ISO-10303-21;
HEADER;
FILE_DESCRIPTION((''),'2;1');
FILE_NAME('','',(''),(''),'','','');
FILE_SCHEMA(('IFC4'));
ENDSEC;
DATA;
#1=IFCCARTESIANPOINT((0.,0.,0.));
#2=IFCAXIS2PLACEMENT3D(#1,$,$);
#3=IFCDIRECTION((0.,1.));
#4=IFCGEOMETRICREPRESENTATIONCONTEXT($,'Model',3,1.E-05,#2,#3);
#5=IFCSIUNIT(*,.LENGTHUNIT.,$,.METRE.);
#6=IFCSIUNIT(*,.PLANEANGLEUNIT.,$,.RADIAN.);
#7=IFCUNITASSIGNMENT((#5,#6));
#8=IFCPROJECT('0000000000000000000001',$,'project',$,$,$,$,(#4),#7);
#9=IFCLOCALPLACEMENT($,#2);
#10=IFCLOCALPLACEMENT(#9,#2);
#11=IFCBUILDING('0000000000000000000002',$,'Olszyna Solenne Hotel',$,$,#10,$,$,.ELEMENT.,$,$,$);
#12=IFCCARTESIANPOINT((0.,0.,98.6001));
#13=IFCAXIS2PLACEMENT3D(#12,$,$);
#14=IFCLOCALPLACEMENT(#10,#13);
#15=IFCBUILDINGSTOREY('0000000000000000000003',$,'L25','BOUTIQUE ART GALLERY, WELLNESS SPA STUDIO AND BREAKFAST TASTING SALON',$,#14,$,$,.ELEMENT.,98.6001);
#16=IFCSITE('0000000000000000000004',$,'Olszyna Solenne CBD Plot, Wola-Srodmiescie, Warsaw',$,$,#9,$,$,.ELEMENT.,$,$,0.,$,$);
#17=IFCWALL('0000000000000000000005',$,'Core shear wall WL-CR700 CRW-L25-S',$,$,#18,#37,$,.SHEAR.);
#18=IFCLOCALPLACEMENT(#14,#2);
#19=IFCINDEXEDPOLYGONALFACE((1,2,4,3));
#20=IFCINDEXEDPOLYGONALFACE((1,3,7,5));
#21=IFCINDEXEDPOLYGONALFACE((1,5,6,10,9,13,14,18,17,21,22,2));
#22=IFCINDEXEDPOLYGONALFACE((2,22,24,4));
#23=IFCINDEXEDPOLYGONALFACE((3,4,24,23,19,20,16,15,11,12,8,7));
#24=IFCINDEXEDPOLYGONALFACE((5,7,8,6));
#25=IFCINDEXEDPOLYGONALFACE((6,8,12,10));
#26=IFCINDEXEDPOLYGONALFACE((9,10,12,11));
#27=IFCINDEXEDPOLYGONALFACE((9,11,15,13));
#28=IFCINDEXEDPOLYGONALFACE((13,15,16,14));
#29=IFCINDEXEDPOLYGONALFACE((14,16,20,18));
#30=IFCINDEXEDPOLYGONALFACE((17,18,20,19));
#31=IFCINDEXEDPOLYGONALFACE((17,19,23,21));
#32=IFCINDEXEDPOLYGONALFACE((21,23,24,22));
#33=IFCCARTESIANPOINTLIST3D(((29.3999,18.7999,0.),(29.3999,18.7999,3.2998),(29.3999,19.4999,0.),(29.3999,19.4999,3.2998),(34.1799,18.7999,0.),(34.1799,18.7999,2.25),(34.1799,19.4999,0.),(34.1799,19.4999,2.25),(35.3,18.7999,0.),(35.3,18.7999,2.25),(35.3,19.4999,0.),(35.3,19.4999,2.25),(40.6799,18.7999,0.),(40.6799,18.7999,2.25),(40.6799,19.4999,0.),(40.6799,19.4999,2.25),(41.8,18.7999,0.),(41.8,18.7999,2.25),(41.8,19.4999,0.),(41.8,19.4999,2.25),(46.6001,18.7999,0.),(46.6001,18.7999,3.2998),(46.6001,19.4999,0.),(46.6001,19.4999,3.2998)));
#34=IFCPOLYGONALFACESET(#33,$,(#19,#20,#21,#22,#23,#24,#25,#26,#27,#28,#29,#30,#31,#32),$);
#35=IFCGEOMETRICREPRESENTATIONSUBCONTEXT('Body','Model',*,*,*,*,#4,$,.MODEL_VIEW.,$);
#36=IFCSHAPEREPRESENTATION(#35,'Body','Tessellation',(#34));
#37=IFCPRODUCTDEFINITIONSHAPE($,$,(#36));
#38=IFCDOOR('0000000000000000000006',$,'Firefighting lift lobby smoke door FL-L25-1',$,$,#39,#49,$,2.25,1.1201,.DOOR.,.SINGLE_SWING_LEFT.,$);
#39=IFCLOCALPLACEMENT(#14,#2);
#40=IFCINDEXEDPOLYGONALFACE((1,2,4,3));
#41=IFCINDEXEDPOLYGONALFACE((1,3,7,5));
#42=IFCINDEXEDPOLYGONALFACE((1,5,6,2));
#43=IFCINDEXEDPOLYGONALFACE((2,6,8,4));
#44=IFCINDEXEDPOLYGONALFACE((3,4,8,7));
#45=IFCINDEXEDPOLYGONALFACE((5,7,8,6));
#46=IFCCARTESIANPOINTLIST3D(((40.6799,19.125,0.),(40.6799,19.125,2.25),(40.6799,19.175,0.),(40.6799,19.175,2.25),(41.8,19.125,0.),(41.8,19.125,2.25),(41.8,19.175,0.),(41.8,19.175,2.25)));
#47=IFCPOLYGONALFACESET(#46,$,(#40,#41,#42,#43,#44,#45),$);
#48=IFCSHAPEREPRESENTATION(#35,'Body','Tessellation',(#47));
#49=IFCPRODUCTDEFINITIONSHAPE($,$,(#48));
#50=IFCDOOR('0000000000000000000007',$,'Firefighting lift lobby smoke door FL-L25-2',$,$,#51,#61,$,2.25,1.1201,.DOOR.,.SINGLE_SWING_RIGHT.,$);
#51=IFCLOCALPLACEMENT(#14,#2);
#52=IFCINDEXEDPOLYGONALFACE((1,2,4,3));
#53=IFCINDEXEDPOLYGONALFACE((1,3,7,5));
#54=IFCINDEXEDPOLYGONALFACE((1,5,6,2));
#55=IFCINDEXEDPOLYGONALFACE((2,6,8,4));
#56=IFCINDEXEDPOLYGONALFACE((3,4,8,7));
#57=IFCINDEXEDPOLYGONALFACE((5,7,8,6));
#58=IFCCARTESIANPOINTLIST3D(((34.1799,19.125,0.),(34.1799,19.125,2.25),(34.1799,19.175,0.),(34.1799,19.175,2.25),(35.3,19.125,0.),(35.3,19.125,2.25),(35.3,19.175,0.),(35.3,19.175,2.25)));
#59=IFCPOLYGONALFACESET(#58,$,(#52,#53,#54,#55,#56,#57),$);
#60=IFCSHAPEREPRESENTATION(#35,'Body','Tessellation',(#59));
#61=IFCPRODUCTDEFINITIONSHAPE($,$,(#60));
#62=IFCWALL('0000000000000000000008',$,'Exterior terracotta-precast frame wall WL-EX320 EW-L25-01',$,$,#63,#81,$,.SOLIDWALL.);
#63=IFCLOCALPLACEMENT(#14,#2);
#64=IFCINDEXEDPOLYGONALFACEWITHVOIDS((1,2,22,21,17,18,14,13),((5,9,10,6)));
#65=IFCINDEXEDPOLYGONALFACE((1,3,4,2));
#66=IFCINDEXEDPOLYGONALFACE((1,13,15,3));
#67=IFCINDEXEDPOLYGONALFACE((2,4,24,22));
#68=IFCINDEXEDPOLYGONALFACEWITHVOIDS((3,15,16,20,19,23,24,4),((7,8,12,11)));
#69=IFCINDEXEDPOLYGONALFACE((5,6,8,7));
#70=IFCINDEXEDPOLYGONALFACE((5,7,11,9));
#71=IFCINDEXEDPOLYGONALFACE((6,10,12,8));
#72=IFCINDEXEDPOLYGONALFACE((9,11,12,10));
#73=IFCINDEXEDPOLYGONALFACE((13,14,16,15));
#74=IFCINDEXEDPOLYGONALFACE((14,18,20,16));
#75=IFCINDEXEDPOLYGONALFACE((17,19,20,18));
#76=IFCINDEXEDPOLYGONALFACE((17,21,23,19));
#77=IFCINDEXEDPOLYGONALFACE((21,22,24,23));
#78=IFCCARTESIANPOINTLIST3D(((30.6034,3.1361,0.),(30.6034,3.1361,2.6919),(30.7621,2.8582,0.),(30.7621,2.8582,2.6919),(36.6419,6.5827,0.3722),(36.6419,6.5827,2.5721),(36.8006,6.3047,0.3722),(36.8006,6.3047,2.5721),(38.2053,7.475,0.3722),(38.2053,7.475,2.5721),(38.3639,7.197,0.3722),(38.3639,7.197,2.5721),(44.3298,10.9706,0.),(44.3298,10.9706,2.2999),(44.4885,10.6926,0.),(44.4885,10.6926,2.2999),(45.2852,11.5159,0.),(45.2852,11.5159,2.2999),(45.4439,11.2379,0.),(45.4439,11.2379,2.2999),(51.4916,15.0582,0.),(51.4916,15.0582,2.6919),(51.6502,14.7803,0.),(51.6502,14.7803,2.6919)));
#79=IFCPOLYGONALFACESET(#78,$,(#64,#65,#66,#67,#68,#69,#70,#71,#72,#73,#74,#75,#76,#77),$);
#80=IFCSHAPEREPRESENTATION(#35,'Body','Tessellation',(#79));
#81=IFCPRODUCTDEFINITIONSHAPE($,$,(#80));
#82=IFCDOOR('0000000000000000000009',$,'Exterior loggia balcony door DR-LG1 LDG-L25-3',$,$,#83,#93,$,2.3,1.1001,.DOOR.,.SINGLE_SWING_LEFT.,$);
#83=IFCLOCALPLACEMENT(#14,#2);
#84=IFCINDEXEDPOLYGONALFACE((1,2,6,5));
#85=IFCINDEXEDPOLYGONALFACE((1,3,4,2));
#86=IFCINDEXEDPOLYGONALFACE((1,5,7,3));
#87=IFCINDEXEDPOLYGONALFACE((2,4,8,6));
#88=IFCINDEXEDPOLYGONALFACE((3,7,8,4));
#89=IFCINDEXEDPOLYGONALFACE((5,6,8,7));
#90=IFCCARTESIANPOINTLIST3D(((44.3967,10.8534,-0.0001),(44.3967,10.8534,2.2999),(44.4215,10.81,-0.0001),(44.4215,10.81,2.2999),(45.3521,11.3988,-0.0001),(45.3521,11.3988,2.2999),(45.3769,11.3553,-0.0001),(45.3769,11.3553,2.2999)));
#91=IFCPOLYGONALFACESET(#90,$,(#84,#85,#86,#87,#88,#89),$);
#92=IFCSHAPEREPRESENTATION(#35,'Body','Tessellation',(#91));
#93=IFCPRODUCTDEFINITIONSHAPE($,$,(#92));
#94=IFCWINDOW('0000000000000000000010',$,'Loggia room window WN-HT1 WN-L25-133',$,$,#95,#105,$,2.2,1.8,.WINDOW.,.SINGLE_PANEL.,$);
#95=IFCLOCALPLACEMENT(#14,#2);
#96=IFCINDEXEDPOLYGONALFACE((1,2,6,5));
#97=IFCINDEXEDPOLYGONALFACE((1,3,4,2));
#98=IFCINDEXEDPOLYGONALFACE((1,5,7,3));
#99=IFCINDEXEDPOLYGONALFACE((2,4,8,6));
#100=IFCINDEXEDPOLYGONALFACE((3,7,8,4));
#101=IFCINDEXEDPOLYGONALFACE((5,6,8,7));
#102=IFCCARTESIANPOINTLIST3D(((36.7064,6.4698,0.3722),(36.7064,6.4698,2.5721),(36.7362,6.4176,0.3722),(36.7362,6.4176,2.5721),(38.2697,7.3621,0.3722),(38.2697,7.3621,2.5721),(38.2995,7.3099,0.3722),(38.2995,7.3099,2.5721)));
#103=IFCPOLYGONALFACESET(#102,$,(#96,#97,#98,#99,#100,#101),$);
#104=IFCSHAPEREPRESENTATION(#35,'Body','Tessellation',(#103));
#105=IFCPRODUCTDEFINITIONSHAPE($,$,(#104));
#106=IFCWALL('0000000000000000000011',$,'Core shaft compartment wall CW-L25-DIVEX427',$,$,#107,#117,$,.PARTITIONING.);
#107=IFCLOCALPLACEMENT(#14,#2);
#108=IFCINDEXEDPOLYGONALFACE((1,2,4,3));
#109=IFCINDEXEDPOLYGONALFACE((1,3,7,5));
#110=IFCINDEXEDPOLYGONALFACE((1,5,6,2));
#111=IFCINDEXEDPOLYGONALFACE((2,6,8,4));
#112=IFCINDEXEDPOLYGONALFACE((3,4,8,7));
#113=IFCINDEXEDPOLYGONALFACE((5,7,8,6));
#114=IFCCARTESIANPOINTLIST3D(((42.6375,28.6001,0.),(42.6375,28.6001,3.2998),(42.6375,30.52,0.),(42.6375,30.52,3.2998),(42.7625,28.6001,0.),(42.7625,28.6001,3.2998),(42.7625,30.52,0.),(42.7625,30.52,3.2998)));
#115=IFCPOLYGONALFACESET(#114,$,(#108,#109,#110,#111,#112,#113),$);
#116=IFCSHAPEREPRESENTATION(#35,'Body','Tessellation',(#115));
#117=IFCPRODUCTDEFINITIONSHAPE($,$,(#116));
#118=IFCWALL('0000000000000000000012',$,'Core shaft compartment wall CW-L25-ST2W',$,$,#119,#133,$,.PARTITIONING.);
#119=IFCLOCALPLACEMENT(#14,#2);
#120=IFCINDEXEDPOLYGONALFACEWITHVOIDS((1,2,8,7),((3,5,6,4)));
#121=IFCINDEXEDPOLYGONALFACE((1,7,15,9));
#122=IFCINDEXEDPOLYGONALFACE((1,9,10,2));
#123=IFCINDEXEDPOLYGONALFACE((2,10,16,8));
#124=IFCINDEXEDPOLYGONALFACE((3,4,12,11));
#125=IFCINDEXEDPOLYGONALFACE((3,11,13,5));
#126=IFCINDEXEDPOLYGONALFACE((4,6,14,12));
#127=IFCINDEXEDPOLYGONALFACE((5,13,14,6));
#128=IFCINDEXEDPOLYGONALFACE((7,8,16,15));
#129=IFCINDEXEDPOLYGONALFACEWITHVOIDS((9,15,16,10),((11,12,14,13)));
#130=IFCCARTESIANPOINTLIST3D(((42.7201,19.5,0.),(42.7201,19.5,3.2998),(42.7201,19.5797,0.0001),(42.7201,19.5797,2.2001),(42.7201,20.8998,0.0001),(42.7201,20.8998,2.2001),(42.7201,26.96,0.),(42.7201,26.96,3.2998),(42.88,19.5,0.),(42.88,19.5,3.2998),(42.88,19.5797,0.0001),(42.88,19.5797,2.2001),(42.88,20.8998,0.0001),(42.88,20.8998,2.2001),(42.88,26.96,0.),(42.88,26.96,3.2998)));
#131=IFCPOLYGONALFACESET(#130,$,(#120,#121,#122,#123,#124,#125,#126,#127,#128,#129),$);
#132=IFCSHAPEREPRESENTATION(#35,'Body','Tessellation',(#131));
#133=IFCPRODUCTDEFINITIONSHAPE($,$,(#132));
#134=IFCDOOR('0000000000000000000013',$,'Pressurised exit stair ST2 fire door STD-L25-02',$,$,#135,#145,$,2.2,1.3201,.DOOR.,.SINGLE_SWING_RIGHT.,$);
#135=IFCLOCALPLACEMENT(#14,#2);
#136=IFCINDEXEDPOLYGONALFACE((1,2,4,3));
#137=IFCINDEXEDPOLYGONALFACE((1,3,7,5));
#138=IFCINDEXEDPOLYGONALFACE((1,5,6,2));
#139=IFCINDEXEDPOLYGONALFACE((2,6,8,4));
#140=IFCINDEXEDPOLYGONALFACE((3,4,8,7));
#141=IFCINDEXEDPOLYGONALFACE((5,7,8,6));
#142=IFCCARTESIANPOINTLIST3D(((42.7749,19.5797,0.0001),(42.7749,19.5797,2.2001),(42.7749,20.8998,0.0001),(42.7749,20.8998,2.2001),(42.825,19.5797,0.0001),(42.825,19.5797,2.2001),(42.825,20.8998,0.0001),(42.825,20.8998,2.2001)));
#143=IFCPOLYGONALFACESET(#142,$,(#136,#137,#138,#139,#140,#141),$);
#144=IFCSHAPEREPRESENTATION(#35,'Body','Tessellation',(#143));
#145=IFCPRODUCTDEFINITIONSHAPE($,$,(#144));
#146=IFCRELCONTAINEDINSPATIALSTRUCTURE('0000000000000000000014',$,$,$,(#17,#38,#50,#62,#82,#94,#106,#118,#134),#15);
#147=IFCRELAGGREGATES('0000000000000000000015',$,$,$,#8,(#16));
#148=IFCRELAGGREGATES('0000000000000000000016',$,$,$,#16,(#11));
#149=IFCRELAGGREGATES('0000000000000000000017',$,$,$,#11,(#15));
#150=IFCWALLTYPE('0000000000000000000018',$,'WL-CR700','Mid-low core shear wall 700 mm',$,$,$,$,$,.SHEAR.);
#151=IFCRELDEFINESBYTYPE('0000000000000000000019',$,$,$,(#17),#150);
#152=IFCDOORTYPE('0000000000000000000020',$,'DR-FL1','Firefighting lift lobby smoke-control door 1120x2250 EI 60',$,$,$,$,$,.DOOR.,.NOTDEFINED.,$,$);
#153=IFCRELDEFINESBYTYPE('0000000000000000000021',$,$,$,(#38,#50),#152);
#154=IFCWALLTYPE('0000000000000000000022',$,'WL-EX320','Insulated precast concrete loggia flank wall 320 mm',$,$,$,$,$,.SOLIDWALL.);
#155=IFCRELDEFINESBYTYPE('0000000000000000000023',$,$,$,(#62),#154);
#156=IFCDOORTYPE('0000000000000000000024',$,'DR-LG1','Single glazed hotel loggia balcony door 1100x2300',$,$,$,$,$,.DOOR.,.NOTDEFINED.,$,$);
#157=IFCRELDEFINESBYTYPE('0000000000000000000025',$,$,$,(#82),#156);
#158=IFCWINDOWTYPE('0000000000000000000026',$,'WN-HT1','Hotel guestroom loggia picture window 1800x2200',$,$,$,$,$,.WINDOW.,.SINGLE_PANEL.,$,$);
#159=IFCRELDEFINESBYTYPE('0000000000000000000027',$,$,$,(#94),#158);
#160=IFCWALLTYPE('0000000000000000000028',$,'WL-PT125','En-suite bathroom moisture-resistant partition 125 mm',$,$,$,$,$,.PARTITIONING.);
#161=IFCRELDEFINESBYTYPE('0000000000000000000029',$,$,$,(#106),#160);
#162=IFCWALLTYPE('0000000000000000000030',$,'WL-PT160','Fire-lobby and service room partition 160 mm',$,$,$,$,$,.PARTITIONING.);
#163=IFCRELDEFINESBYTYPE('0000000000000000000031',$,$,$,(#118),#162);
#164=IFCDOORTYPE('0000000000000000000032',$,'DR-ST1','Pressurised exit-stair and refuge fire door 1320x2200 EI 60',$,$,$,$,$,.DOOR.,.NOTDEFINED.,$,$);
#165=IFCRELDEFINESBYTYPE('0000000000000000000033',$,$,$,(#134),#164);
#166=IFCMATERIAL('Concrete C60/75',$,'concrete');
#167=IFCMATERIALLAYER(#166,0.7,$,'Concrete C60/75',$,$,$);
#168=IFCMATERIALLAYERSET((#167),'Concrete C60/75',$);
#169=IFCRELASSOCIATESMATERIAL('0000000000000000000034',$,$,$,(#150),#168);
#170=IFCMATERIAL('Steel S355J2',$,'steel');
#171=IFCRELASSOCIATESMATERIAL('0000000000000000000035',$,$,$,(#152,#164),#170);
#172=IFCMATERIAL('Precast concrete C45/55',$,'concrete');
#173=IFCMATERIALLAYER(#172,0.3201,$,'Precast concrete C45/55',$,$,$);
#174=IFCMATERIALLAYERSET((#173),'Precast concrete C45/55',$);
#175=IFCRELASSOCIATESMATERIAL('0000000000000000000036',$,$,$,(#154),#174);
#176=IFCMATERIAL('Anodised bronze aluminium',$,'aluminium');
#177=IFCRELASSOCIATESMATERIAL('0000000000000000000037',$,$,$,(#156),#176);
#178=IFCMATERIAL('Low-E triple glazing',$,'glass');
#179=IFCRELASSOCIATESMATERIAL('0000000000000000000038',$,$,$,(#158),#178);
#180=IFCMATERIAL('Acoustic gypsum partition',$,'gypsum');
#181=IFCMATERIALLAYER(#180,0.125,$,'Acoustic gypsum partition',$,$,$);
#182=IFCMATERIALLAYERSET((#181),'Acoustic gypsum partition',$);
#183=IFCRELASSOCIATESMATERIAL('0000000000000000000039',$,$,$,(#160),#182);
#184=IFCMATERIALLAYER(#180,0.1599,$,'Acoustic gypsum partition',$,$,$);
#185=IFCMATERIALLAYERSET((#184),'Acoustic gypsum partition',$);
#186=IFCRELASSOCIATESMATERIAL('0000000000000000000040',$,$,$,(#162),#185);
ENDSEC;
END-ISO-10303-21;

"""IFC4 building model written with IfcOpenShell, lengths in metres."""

from ifc_helpers import new_model, si_unit, direction, frame, frame_2d, origin, place, context, subcontext, project, spatial, rectangle, extrude, source, transform, mapped, material, layer, layer_set, type_object, type_shapes, element, fill, save


model = new_model("IFC4")

# Units and contexts
model_context = context("Model", 3, precision=1e-05, world=origin(), true_north=direction((0.0, 1.0)))
body_context = subcontext(model_context, "Body", "Model", "MODEL_VIEW")
ifc_project = project(units=[si_unit("LENGTHUNIT", "METRE"), si_unit("PLANEANGLEUNIT", "RADIAN")], contexts=[model_context])

# Site, building, storey
site_placement = place(None, origin())
site = spatial("IfcSite", under=ifc_project, at=site_placement, Name="Olszyna Solenne CBD Plot, Wola-Srodmiescie, Warsaw", CompositionType="ELEMENT", RefElevation=0.0)
building_placement = place(site_placement, origin())
building = spatial("IfcBuilding", under=site, at=building_placement, Name="Olszyna Solenne Hotel", CompositionType="ELEMENT")
storey_placement = place(building_placement, frame((0.0, 0.0, 98.6001)))
storey = spatial("IfcBuildingStorey", under=building, at=storey_placement, Name="L25", Description="BOUTIQUE ART GALLERY, WELLNESS SPA STUDIO AND BREAKFAST TASTING SALON", CompositionType="ELEMENT", Elevation=98.6001)

# Shared definitions
ifc_material_1 = material(Name="Steel S355J2", Category="steel")

# Wall, openings, doors
ifc_material_2 = material(Name="Concrete C60/75", Category="concrete")
ifc_layer_1 = layer(ifc_material_2, 0.7, Name="Concrete C60/75")
ifc_layer_set_1 = layer_set([ifc_layer_1], Name="Concrete C60/75")
wall_type_1 = type_object("IfcWallType", Name="WL-CR700", Description="Mid-low core shear wall 700 mm", PredefinedType="SHEAR", material=ifc_layer_set_1)
wall_1_placement = place(storey_placement, frame((46.6001, 19.1499, 0.0), z_axis=(0.0, 0.0, 1.0), x_axis=(-1.0, 0.0, 0.0)))
wall_1 = element("IfcWall", 1, at=wall_1_placement, inside=storey, type_object=wall_type_1, Name="Core shear wall WL-CR700 CRW-L25-S", PredefinedType="SHEAR", context=body_context, shape_type="SweptSolid", body=[
    extrude(rectangle(XDim=17.2002, YDim=0.7, at=frame_2d((8.6001, 0.0))), origin(), (0.0, 0.0, 1.0), 3.2998),
])
opening_1_placement = place(wall_1_placement, frame((4.8, 0.0, 0.0)))
opening_1 = element("IfcOpeningElement", 2, at=opening_1_placement, cuts=wall_1, PredefinedType="OPENING", context=body_context, shape_type="SweptSolid", body=[
    extrude(rectangle(XDim=1.1201, YDim=2.25, at=frame_2d((0.5601, 1.125))), frame((0.0, 0.3599, 0.0), z_axis=(0.0, -1.0, 0.0), x_axis=(1.0, 0.0, 0.0)), (0.0, 0.0, 1.0), 0.72),
])
opening_2_placement = place(wall_1_placement, frame((11.3, 0.0, 0.0)))
opening_2 = element("IfcOpeningElement", 3, at=opening_2_placement, cuts=wall_1, PredefinedType="OPENING", context=body_context, shape_type="SweptSolid", body=[
    extrude(rectangle(XDim=1.1201, YDim=2.25, at=frame_2d((0.5601, 1.125))), frame((0.0, 0.3599, 0.0), z_axis=(0.0, -1.0, 0.0), x_axis=(1.0, 0.0, 0.0)), (0.0, 0.0, 1.0), 0.72),
])
door_type_1 = type_object("IfcDoorType", Name="DR-FL1", Description="Firefighting lift lobby smoke-control door 1120x2250 EI 60", OperationType="NOTDEFINED", PredefinedType="DOOR", material=ifc_material_1)
shared_shape_1 = source(origin(), body_context, "Body", "SweptSolid", [
    extrude(rectangle(XDim=1.1201, YDim=2.25, at=frame_2d((0.5601, 1.125))), frame((0.0, 0.0249, 0.0), z_axis=(0.0, -1.0, 0.0), x_axis=(1.0, 0.0, 0.0)), (0.0, 0.0, 1.0), 0.05),
])
type_shapes(door_type_1, [shared_shape_1])
door_1_placement = place(opening_1_placement, origin())
door_1 = element("IfcDoor", 4, at=door_1_placement, inside=storey, type_object=door_type_1, Name="Firefighting lift lobby smoke door FL-L25-1", OperationType="SINGLE_SWING_LEFT", OverallHeight=2.25, OverallWidth=1.1201, PredefinedType="DOOR", context=body_context, shape_type="MappedRepresentation", body=[
    mapped(shared_shape_1, transform((0.0, 0.0, 0.0), x_axis=(1.0, 0.0, 0.0), y_axis=(0.0, 1.0, 0.0), z_axis=(0.0, 0.0, 1.0), scale=1.0)),
])
fill(opening_1, door_1)
door_2_placement = place(opening_2_placement, origin())
door_2 = element("IfcDoor", 5, at=door_2_placement, inside=storey, type_object=door_type_1, Name="Firefighting lift lobby smoke door FL-L25-2", OperationType="SINGLE_SWING_RIGHT", OverallHeight=2.25, OverallWidth=1.1201, PredefinedType="DOOR", context=body_context, shape_type="MappedRepresentation", body=[
    mapped(shared_shape_1, transform((0.0, 0.0, 0.0), x_axis=(1.0, 0.0, 0.0), y_axis=(0.0, 1.0, 0.0), z_axis=(0.0, 0.0, 1.0), scale=1.0)),
])
fill(opening_2, door_2)

# Wall, openings, door, window
ifc_material_3 = material(Name="Precast concrete C45/55", Category="concrete")
ifc_layer_2 = layer(ifc_material_3, 0.3201, Name="Precast concrete C45/55")
ifc_layer_set_2 = layer_set([ifc_layer_2], Name="Precast concrete C45/55")
wall_type_2 = type_object("IfcWallType", Name="WL-EX320", Description="Insulated precast concrete loggia flank wall 320 mm", PredefinedType="SOLIDWALL", material=ifc_layer_set_2)
wall_2_placement = place(storey_placement, frame((51.5708, 14.9192, 0.0), z_axis=(0.0, 0.0, 1.0), x_axis=(-0.868494, -0.495701, 0.0)))
wall_2 = element("IfcWall", 6, at=wall_2_placement, inside=storey, type_object=wall_type_2, Name="Exterior terracotta-precast frame wall WL-EX320 EW-L25-01", PredefinedType="SOLIDWALL", context=body_context, shape_type="SweptSolid", body=[
    extrude(rectangle(XDim=24.051, YDim=0.3201, at=frame_2d((12.0254, 0.0))), origin(), (0.0, 0.0, 1.0), 2.6919),
])
opening_3_placement = place(wall_2_placement, frame((7.146, 0.0, 0.0)))
opening_3 = element("IfcOpeningElement", 7, at=opening_3_placement, cuts=wall_2, PredefinedType="OPENING", context=body_context, shape_type="SweptSolid", body=[
    extrude(rectangle(XDim=1.1001, YDim=2.3, at=frame_2d((0.55, 1.1499))), frame((0.0, 0.1699, 0.0), z_axis=(0.0, -1.0, 0.0), x_axis=(1.0, 0.0, 0.0)), (0.0, 0.0, 1.0), 0.3401),
])
opening_4_placement = place(wall_2_placement, frame((15.2981, 0.0, 0.3721)))
opening_4 = element("IfcOpeningElement", 8, at=opening_4_placement, cuts=wall_2, PredefinedType="OPENING", context=body_context, shape_type="SweptSolid", body=[
    extrude(rectangle(XDim=1.8, YDim=2.2, at=frame_2d((0.8999, 1.1001))), frame((0.0, 0.1699, 0.0), z_axis=(0.0, -1.0, 0.0), x_axis=(1.0, 0.0, 0.0)), (0.0, 0.0, 1.0), 0.3401),
])
ifc_material_4 = material(Name="Anodised bronze aluminium", Category="aluminium")
door_type_2 = type_object("IfcDoorType", Name="DR-LG1", Description="Single glazed hotel loggia balcony door 1100x2300", OperationType="NOTDEFINED", PredefinedType="DOOR", material=ifc_material_4)
shared_shape_2 = source(origin(), body_context, "Body", "SweptSolid", [
    extrude(rectangle(XDim=1.1001, YDim=2.3, at=frame_2d((0.55, 1.1499))), frame((0.0, 0.0249, 0.0), z_axis=(0.0, -1.0, 0.0), x_axis=(1.0, 0.0, 0.0)), (0.0, 0.0, 1.0), 0.05),
])
type_shapes(door_type_2, [shared_shape_2])
door_3_placement = place(opening_3_placement, origin())
door_3 = element("IfcDoor", 9, at=door_3_placement, inside=storey, type_object=door_type_2, Name="Exterior loggia balcony door DR-LG1 LDG-L25-3", OperationType="SINGLE_SWING_LEFT", OverallHeight=2.3, OverallWidth=1.1001, PredefinedType="DOOR", context=body_context, shape_type="MappedRepresentation", body=[
    mapped(shared_shape_2, transform((0.0, 0.0, 0.0), x_axis=(1.0, 0.0, 0.0), y_axis=(0.0, 1.0, 0.0), z_axis=(0.0, 0.0, 1.0), scale=1.0)),
])
fill(opening_3, door_3)
ifc_material_5 = material(Name="Low-E triple glazing", Category="glass")
window_type = type_object("IfcWindowType", Name="WN-HT1", Description="Hotel guestroom loggia picture window 1800x2200", PartitioningType="SINGLE_PANEL", PredefinedType="WINDOW", material=ifc_material_5)
shared_shape_3 = source(origin(), body_context, "Body", "SweptSolid", [
    extrude(rectangle(XDim=1.8, YDim=2.2, at=frame_2d((0.8999, 1.1001))), frame((0.0, 0.03, 0.0), z_axis=(0.0, -1.0, 0.0), x_axis=(1.0, 0.0, 0.0)), (0.0, 0.0, 1.0), 0.0601),
])
type_shapes(window_type, [shared_shape_3])
window_placement = place(opening_4_placement, origin())
window = element("IfcWindow", 10, at=window_placement, inside=storey, type_object=window_type, Name="Loggia room window WN-HT1 WN-L25-133", OverallHeight=2.2, OverallWidth=1.8, PartitioningType="SINGLE_PANEL", PredefinedType="WINDOW", context=body_context, shape_type="MappedRepresentation", body=[
    mapped(shared_shape_3, transform((0.0, 0.0, 0.0), x_axis=(1.0, 0.0, 0.0), y_axis=(0.0, 1.0, 0.0), z_axis=(0.0, 0.0, 1.0), scale=1.0)),
])
fill(opening_4, window)

# Wall
ifc_material_6 = material(Name="Acoustic gypsum partition", Category="gypsum")
ifc_layer_3 = layer(ifc_material_6, 0.125, Name="Acoustic gypsum partition")
ifc_layer_set_3 = layer_set([ifc_layer_3], Name="Acoustic gypsum partition")
wall_type_3 = type_object("IfcWallType", Name="WL-PT125", Description="En-suite bathroom moisture-resistant partition 125 mm", PredefinedType="PARTITIONING", material=ifc_layer_set_3)
wall_3_placement = place(storey_placement, frame((42.7, 28.6001, 0.0), z_axis=(0.0, 0.0, 1.0), x_axis=(0.0, 1.0, 0.0)))
element("IfcWall", 11, at=wall_3_placement, inside=storey, type_object=wall_type_3, Name="Core shaft compartment wall CW-L25-DIVEX427", PredefinedType="PARTITIONING", context=body_context, shape_type="SweptSolid", body=[
    extrude(rectangle(XDim=1.9199, YDim=0.125, at=frame_2d((0.96, 0.0))), origin(), (0.0, 0.0, 1.0), 3.2998),
])

# Wall, opening, door
ifc_layer_4 = layer(ifc_material_6, 0.1599, Name="Acoustic gypsum partition")
ifc_layer_set_4 = layer_set([ifc_layer_4], Name="Acoustic gypsum partition")
wall_type_4 = type_object("IfcWallType", Name="WL-PT160", Description="Fire-lobby and service room partition 160 mm", PredefinedType="PARTITIONING", material=ifc_layer_set_4)
wall_4_placement = place(storey_placement, frame((42.8, 26.96, 0.0), z_axis=(0.0, 0.0, 1.0), x_axis=(0.0, -1.0, 0.0)))
wall_4 = element("IfcWall", 12, at=wall_4_placement, inside=storey, type_object=wall_type_4, Name="Core shaft compartment wall CW-L25-ST2W", PredefinedType="PARTITIONING", context=body_context, shape_type="SweptSolid", body=[
    extrude(rectangle(XDim=7.46, YDim=0.1599, at=frame_2d((3.73, 0.0))), origin(), (0.0, 0.0, 1.0), 3.2998),
])
opening_5_placement = place(wall_4_placement, frame((6.0601, 0.0, 0.0)))
opening_5 = element("IfcOpeningElement", 13, at=opening_5_placement, cuts=wall_4, PredefinedType="OPENING", context=body_context, shape_type="SweptSolid", body=[
    extrude(rectangle(XDim=1.3201, YDim=2.2, at=frame_2d((0.6602, 1.1001))), frame((0.0, 0.0898, 0.0), z_axis=(0.0, -1.0, 0.0), x_axis=(1.0, 0.0, 0.0)), (0.0, 0.0, 1.0), 0.1799),
])
door_type_3 = type_object("IfcDoorType", Name="DR-ST1", Description="Pressurised exit-stair and refuge fire door 1320x2200 EI 60", OperationType="NOTDEFINED", PredefinedType="DOOR", material=ifc_material_1)
shared_shape_4 = source(origin(), body_context, "Body", "SweptSolid", [
    extrude(rectangle(XDim=1.3201, YDim=2.2, at=frame_2d((0.6602, 1.1001))), frame((0.0, 0.0249, 0.0), z_axis=(0.0, -1.0, 0.0), x_axis=(1.0, 0.0, 0.0)), (0.0, 0.0, 1.0), 0.05),
])
type_shapes(door_type_3, [shared_shape_4])
door_4_placement = place(opening_5_placement, origin())
door_4 = element("IfcDoor", 14, at=door_4_placement, inside=storey, type_object=door_type_3, Name="Pressurised exit stair ST2 fire door STD-L25-02", OperationType="SINGLE_SWING_RIGHT", OverallHeight=2.2, OverallWidth=1.3201, PredefinedType="DOOR", context=body_context, shape_type="MappedRepresentation", body=[
    mapped(shared_shape_4, transform((0.0, 0.0, 0.0), x_axis=(1.0, 0.0, 0.0), y_axis=(0.0, 1.0, 0.0), z_axis=(0.0, 0.0, 1.0), scale=1.0)),
])
fill(opening_5, door_4)

save(model, "model.ifc")
